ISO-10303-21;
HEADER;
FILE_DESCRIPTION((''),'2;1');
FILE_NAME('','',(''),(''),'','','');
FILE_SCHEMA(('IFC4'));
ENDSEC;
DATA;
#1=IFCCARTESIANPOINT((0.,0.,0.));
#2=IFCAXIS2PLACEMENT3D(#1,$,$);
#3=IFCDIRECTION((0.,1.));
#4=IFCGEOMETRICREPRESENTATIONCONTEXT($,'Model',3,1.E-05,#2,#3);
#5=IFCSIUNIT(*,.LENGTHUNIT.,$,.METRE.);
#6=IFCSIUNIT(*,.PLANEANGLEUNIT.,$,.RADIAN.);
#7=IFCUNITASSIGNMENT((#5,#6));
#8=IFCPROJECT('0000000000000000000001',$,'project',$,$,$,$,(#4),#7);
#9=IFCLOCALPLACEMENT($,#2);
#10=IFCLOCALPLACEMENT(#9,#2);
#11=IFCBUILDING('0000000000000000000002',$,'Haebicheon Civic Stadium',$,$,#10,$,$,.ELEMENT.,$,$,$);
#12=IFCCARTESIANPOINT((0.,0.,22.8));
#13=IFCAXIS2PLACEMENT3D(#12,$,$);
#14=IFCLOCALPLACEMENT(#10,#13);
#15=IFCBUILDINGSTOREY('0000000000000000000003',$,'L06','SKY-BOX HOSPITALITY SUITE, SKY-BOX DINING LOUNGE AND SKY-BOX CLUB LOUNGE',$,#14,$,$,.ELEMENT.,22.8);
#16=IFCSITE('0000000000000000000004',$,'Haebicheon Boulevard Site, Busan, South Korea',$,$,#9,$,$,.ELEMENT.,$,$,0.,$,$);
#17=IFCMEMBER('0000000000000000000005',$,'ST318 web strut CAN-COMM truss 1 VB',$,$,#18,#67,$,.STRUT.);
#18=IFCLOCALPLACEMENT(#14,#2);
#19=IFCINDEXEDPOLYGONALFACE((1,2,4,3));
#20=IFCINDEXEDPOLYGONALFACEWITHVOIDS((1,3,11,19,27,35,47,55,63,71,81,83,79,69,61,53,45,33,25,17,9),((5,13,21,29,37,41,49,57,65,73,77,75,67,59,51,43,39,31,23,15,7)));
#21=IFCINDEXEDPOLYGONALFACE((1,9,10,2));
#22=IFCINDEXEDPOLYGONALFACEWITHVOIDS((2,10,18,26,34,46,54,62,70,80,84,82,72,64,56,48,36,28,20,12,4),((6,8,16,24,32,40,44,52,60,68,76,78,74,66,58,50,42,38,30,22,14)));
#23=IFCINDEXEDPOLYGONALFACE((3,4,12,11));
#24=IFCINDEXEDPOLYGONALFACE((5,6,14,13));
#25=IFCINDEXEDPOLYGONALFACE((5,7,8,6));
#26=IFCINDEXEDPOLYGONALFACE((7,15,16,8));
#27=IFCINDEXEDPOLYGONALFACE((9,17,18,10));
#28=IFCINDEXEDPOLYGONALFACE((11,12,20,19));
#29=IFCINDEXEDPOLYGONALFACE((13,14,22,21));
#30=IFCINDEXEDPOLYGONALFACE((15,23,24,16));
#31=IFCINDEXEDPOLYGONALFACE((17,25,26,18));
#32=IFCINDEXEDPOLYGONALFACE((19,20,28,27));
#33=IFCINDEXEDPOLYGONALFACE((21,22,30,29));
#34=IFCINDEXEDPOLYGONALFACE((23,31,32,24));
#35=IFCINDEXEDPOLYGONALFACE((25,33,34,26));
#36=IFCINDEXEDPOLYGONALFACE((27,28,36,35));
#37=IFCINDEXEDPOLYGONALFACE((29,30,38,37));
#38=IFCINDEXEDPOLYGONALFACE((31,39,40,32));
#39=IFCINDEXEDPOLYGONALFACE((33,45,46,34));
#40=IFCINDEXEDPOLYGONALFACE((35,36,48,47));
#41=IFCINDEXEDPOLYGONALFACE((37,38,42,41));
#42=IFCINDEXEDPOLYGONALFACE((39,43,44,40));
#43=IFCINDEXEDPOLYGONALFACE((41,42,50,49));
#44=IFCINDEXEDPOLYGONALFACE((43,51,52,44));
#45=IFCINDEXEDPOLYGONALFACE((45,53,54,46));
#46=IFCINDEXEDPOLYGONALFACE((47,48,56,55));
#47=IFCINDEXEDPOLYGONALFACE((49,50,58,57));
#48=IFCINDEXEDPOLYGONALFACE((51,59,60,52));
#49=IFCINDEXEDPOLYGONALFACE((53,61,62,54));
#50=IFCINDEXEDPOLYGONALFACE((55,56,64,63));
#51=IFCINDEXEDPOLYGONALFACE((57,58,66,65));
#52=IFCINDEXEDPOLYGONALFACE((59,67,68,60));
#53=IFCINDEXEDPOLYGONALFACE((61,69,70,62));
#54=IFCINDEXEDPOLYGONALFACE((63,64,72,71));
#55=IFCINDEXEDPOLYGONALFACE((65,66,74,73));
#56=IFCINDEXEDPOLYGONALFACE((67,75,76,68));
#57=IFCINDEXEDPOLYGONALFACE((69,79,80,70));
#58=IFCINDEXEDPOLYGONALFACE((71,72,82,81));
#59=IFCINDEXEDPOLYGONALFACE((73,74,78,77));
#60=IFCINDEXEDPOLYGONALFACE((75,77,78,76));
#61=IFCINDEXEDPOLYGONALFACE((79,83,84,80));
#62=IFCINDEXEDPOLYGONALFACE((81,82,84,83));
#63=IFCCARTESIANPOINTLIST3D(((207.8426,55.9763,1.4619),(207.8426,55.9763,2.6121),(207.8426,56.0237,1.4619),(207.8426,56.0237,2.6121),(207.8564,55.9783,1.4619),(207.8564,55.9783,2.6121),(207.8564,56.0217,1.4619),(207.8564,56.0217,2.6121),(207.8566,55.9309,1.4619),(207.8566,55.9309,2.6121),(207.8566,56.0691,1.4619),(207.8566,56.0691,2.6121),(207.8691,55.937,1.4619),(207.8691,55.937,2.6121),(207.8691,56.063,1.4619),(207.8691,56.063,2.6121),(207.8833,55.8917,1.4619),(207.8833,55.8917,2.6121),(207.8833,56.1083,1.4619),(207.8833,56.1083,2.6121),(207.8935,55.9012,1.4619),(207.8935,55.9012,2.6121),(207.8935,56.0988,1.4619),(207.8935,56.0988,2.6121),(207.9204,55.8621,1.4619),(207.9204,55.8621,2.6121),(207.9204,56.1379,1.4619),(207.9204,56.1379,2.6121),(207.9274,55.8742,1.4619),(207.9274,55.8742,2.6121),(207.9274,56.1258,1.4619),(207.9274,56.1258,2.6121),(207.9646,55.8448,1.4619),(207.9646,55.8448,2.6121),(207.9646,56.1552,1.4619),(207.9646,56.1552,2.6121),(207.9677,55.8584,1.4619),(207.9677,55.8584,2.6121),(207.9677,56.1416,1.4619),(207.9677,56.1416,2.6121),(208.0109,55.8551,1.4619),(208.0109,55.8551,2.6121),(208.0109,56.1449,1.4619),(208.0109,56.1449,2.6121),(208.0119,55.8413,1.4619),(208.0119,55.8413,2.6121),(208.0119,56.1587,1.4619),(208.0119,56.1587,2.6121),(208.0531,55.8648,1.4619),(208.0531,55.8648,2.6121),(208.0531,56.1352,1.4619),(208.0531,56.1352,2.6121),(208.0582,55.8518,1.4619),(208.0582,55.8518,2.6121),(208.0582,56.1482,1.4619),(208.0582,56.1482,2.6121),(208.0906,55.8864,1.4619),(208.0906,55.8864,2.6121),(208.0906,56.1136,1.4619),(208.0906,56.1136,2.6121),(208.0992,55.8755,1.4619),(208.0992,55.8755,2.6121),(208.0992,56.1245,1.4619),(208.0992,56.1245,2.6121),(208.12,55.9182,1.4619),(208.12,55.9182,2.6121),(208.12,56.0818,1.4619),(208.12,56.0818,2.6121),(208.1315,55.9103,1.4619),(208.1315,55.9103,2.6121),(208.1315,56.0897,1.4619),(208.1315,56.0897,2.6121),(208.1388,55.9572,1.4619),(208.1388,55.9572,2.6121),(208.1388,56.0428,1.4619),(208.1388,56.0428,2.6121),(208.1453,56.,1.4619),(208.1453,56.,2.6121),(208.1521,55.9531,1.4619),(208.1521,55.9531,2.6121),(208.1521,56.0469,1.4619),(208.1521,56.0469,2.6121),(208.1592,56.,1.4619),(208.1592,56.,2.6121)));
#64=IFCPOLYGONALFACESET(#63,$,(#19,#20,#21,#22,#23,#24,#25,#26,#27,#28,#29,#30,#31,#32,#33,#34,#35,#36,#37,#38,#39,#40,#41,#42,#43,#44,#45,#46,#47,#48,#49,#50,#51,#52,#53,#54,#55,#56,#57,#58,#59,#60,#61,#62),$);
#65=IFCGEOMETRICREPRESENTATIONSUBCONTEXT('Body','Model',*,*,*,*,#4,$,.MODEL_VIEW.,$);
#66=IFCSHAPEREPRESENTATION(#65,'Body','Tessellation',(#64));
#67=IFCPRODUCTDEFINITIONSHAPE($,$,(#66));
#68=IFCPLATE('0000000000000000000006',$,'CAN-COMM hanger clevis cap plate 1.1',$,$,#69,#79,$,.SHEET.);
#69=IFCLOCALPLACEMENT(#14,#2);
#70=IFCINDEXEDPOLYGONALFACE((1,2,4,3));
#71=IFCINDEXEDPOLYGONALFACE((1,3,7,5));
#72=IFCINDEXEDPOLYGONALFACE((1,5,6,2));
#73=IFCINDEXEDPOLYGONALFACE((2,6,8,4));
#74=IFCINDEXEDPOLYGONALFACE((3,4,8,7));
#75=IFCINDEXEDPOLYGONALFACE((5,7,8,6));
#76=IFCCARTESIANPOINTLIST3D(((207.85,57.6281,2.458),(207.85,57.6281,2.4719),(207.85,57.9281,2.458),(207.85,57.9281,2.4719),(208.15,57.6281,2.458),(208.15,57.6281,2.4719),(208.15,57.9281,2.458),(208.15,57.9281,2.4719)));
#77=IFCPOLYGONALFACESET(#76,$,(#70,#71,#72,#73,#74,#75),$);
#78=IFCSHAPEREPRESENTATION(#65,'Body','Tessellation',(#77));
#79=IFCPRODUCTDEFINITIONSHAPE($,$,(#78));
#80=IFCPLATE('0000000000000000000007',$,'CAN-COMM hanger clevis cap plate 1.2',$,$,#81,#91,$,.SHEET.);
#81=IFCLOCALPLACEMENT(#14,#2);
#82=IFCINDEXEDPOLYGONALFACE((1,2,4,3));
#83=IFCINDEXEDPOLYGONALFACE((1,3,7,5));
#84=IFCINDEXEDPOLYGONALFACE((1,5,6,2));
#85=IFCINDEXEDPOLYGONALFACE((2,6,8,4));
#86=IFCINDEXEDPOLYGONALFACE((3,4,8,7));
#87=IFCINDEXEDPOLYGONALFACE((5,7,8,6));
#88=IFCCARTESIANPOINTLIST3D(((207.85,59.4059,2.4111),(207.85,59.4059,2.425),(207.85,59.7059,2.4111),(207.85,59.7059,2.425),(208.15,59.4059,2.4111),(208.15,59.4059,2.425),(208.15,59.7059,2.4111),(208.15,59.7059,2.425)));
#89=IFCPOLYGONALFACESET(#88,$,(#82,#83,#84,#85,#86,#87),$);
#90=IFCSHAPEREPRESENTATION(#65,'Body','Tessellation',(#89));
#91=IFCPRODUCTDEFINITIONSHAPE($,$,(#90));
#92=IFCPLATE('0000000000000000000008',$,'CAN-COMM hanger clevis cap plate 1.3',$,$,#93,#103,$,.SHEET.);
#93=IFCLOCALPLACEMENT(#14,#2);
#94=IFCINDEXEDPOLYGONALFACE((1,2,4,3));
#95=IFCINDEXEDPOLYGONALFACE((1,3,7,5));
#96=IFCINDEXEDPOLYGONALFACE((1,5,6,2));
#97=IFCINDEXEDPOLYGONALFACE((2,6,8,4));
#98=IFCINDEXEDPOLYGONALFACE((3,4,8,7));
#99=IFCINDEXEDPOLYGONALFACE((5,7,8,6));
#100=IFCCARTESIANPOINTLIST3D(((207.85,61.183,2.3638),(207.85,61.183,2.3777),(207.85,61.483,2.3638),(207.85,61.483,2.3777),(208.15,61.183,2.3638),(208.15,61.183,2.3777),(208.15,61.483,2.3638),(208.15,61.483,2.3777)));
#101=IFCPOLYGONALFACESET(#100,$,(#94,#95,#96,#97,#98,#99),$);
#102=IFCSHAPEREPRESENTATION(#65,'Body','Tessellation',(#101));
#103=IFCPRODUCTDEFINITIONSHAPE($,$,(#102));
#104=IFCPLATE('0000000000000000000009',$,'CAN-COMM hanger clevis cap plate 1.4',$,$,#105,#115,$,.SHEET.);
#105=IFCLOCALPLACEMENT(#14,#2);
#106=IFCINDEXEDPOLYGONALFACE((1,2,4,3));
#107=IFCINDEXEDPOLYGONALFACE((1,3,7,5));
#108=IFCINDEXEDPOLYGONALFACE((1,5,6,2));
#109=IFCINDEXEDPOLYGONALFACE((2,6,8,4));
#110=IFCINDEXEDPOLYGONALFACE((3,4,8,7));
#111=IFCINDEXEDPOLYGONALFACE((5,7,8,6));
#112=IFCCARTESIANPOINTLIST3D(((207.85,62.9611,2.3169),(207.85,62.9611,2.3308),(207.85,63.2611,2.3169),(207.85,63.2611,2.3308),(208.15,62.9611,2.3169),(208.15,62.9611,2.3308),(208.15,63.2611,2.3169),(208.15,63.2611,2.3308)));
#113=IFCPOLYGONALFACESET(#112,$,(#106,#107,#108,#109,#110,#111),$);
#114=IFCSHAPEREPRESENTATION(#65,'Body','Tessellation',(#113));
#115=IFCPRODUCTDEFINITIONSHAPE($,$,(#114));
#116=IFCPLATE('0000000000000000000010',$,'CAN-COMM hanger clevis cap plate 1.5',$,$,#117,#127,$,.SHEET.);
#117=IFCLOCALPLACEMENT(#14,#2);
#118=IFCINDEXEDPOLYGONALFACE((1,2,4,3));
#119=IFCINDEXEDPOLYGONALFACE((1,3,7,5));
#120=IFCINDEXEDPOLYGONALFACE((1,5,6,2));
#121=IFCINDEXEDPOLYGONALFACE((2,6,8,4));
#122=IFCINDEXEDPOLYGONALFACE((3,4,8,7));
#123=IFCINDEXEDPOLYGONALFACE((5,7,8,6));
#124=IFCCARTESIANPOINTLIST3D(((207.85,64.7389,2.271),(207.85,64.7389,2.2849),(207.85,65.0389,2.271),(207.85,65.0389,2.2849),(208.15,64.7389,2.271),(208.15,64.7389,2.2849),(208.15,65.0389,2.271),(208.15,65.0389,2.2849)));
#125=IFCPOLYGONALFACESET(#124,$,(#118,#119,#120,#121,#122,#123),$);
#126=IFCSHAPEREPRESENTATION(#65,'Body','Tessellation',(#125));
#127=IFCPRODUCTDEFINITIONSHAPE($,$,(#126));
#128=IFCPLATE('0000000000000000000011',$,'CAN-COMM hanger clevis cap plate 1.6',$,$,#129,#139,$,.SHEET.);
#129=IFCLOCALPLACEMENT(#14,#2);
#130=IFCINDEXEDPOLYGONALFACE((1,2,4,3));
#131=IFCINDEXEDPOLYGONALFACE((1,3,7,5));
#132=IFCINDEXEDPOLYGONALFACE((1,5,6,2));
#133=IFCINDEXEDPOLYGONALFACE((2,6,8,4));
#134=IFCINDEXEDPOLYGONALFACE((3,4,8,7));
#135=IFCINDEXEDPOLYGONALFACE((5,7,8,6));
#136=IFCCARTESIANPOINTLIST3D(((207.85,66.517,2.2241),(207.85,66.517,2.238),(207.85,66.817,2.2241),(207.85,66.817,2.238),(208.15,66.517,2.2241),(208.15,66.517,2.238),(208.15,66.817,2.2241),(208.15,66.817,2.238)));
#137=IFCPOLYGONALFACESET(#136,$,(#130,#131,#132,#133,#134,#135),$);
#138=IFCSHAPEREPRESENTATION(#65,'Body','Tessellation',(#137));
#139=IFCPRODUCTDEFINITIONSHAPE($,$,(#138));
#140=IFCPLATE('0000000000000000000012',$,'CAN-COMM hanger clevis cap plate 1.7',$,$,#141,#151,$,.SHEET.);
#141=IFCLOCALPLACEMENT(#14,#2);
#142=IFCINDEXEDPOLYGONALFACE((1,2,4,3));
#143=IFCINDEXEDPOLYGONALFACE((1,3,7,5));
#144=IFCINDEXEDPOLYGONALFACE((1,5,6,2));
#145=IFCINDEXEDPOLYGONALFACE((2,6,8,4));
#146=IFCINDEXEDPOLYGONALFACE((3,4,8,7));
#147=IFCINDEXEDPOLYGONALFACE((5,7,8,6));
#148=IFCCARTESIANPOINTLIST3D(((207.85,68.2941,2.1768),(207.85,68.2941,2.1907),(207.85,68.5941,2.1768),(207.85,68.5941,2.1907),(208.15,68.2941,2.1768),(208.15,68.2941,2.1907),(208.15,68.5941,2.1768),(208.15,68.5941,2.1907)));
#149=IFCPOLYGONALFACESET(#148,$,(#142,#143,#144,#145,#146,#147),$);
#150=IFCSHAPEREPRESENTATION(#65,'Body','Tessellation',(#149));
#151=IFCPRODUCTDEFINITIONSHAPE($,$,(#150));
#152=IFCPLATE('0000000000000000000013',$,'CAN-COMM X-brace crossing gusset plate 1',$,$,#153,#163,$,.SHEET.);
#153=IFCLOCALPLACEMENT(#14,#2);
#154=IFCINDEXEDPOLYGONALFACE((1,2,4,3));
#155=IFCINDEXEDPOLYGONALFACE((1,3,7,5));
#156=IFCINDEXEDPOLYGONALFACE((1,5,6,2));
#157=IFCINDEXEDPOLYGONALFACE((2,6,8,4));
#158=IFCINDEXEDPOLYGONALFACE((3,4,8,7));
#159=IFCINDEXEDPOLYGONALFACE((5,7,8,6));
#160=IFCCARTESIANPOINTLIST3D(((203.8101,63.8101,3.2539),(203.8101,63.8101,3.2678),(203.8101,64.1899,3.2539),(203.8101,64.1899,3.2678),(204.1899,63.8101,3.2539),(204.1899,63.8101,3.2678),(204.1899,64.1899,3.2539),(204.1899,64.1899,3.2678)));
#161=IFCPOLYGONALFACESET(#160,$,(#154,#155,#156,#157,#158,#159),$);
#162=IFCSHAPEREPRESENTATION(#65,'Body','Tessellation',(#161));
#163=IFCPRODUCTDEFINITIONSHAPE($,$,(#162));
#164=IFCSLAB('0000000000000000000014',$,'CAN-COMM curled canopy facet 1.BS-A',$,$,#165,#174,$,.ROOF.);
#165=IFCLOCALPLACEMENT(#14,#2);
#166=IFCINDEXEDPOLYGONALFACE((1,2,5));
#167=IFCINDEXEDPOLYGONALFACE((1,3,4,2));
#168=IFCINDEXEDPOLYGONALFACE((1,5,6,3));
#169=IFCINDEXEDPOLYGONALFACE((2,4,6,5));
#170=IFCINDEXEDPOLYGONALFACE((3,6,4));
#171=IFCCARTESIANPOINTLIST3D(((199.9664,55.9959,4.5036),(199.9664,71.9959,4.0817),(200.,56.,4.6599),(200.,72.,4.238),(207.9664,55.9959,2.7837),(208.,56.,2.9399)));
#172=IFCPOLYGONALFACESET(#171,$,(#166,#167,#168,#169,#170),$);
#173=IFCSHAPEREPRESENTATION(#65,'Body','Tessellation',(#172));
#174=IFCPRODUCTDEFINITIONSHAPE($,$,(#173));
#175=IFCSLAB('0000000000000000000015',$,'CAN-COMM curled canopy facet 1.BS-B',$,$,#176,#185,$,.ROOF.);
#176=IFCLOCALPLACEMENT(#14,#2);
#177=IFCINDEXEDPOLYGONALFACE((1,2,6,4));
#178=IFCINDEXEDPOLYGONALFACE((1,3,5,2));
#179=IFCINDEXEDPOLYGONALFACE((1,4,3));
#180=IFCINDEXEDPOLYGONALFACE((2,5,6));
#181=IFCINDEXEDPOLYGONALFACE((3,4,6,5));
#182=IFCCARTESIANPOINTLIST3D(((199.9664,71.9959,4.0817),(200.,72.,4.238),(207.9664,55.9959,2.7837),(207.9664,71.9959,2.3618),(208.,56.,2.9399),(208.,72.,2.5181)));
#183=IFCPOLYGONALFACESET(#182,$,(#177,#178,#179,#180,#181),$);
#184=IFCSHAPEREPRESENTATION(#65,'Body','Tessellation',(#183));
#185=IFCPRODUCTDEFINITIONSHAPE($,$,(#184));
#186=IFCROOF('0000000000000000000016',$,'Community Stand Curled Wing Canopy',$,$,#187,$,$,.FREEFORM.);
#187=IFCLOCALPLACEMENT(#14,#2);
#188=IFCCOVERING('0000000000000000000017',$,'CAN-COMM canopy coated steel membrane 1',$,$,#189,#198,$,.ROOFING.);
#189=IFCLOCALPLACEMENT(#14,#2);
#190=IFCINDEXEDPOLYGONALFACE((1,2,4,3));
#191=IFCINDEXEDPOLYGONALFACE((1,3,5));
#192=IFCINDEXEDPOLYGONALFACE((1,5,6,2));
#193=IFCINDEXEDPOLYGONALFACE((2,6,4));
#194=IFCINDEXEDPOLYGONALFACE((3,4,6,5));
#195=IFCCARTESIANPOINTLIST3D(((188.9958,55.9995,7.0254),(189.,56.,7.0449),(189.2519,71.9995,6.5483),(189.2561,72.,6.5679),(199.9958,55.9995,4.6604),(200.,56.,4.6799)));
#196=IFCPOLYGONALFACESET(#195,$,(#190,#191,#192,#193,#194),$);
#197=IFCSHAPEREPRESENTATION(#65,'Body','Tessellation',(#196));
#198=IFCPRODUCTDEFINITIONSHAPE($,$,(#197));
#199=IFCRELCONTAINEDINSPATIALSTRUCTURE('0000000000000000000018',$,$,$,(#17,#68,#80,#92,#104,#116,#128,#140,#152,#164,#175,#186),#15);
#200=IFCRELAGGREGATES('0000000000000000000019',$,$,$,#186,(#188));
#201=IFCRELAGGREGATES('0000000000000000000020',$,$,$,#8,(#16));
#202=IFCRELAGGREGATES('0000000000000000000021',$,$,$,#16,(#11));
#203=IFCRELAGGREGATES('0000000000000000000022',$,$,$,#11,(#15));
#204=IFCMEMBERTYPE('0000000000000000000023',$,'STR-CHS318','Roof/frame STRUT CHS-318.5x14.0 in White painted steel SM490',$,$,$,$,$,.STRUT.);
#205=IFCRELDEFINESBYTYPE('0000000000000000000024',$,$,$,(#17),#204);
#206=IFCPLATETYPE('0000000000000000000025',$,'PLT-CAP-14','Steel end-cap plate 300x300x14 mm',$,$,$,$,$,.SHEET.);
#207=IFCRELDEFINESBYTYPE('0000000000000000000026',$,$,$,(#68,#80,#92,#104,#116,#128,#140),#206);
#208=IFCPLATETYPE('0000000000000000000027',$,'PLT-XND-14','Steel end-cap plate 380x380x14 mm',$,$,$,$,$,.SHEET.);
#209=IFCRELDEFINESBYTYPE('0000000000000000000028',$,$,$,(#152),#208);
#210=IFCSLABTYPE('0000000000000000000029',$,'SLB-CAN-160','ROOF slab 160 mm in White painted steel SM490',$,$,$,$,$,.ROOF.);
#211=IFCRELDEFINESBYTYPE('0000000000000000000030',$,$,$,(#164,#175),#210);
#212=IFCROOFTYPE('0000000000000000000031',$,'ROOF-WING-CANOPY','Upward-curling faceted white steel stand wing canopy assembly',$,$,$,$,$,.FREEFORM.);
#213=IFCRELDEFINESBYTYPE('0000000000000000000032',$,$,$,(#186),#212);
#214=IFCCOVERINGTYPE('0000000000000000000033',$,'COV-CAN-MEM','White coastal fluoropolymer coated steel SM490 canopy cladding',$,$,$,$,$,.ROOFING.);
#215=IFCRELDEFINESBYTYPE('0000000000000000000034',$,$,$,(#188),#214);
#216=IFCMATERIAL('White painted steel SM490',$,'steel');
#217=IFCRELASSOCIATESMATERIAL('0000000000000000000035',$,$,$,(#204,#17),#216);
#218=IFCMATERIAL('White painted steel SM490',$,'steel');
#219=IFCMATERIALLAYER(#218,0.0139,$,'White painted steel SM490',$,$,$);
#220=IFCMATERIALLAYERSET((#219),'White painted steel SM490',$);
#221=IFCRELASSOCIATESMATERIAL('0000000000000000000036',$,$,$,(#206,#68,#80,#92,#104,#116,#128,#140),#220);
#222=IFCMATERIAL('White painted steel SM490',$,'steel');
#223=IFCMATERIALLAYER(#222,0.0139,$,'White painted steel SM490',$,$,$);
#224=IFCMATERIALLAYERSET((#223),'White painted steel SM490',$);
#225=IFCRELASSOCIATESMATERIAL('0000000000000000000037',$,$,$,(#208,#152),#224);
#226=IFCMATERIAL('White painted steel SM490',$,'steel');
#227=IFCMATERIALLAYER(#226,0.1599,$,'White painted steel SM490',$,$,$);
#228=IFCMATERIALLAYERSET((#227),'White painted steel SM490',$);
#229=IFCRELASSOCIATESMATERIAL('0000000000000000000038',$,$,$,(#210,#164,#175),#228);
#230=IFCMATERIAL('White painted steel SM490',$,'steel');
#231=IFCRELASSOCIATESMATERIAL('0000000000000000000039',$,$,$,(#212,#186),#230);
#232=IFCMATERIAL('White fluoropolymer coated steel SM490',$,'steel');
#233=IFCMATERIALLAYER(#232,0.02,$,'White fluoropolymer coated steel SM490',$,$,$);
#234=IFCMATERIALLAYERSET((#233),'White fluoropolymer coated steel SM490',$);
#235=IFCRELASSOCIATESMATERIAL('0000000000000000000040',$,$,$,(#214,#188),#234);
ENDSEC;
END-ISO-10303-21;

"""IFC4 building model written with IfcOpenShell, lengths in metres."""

from ifc_helpers import new_model, si_unit, direction, frame, origin, origin_2d, place, context, subcontext, project, spatial, polyline, rectangle, hollow_circle, outline, extrude, material, layer, layer_set, material_profile, profile_set, type_object, element, aggregate, save


model = new_model("IFC4")

# Units and contexts
model_context = context("Model", 3, precision=1e-05, world=origin(), true_north=direction((0.0, 1.0)))
body_context = subcontext(model_context, "Body", "Model", "MODEL_VIEW")
ifc_project = project(units=[si_unit("LENGTHUNIT", "METRE"), si_unit("PLANEANGLEUNIT", "RADIAN")], contexts=[model_context])

# Site, building, storey
site_placement = place(None, origin())
site = spatial("IfcSite", under=ifc_project, at=site_placement, Name="Haebicheon Boulevard Site, Busan, South Korea", CompositionType="ELEMENT", RefElevation=0.0)
building_placement = place(site_placement, origin())
building = spatial("IfcBuilding", under=site, at=building_placement, Name="Haebicheon Civic Stadium", CompositionType="ELEMENT")
storey_placement = place(building_placement, frame((0.0, 0.0, 22.8)))
storey = spatial("IfcBuildingStorey", under=building, at=storey_placement, Name="L06", Description="SKY-BOX HOSPITALITY SUITE, SKY-BOX DINING LOUNGE AND SKY-BOX CLUB LOUNGE", CompositionType="ELEMENT", Elevation=22.8)

# Member
ifc_material_1 = material(Name="White painted steel SM490", Category="steel")
ifc_material_profile_1 = material_profile(ifc_material_1, hollow_circle(Radius=0.1592, WallThickness=0.0139, at=origin_2d()), Name="CHS-318.5x14.0")
ifc_profile_set_1 = profile_set([ifc_material_profile_1], Name="White painted steel SM490")
member_type_1 = type_object("IfcMemberType", Name="STR-CHS318", Description="Roof/frame STRUT CHS-318.5x14.0 in White painted steel SM490", PredefinedType="STRUT", material=ifc_profile_set_1)
member_1_placement = place(storey_placement, frame((208.0, 56.0, 1.4619), z_axis=(0.0, 0.0, 1.0), x_axis=(1.0, 0.0, 0.0)))
element("IfcMember", 1, at=member_1_placement, inside=storey, type_object=member_type_1, material=ifc_profile_set_1, Name="ST318 web strut CAN-COMM truss 1 VB", PredefinedType="STRUT", context=body_context, shape_type="SweptSolid", body=[
    extrude(hollow_circle(Radius=0.1592, WallThickness=0.0139, at=origin_2d()), origin(), (0.0, 0.0, 1.0), 1.1501),
])

# Plates
ifc_material_2 = material(Name="White painted steel SM490", Category="steel")
ifc_layer_1 = layer(ifc_material_2, 0.0139, Name="White painted steel SM490")
ifc_layer_set_1 = layer_set([ifc_layer_1], Name="White painted steel SM490")
plate_type_1 = type_object("IfcPlateType", Name="PLT-CAP-14", Description="Steel end-cap plate 300x300x14 mm", PredefinedType="SHEET", material=ifc_layer_set_1)
for number, where, z_axis, x_axis, name in (
    (2, (208.0, 57.7781, 2.458), (0.0, 0.0, 1.0), (1.0, 0.0, 0.0), "CAN-COMM hanger clevis cap plate 1.1"),
    (3, (208.0, 59.5559, 2.4111), (0.0, 0.0, 1.0), (1.0, 0.0, 0.0), "CAN-COMM hanger clevis cap plate 1.2"),
    (4, (208.0, 61.333, 2.3638), (0.0, 0.0, 1.0), (1.0, 0.0, 0.0), "CAN-COMM hanger clevis cap plate 1.3"),
    (5, (208.0, 63.1111, 2.3169), (0.0, 0.0, 1.0), (1.0, 0.0, 0.0), "CAN-COMM hanger clevis cap plate 1.4"),
    (6, (208.0, 64.8889, 2.271), (0.0, 0.0, 1.0), (1.0, 0.0, 0.0), "CAN-COMM hanger clevis cap plate 1.5"),
    (7, (208.0, 66.667, 2.2241), (0.0, 0.0, 1.0), (1.0, 0.0, 0.0), "CAN-COMM hanger clevis cap plate 1.6"),
    (8, (208.0, 68.4441, 2.1768), (0.0, 0.0, 1.0), (1.0, 0.0, 0.0), "CAN-COMM hanger clevis cap plate 1.7"),
):
    element("IfcPlate", number, at=place(storey_placement, frame(where, z_axis=z_axis, x_axis=x_axis)), inside=storey, type_object=plate_type_1, material=ifc_layer_set_1, Name=name, PredefinedType="SHEET", context=body_context, shape_type="SweptSolid", body=[
        extrude(rectangle(XDim=0.3, YDim=0.3, at=origin_2d()), origin(), (0.0, 0.0, 1.0), 0.0139),
    ])
ifc_material_3 = material(Name="White painted steel SM490", Category="steel")
ifc_layer_2 = layer(ifc_material_3, 0.0139, Name="White painted steel SM490")
ifc_layer_set_2 = layer_set([ifc_layer_2], Name="White painted steel SM490")
plate_type_2 = type_object("IfcPlateType", Name="PLT-XND-14", Description="Steel end-cap plate 380x380x14 mm", PredefinedType="SHEET", material=ifc_layer_set_2)
plate_placement = place(storey_placement, frame((204.0, 64.0, 3.2539), z_axis=(0.0, 0.0, 1.0), x_axis=(1.0, 0.0, 0.0)))
element("IfcPlate", 9, at=plate_placement, inside=storey, type_object=plate_type_2, material=ifc_layer_set_2, Name="CAN-COMM X-brace crossing gusset plate 1", PredefinedType="SHEET", context=body_context, shape_type="SweptSolid", body=[
    extrude(rectangle(XDim=0.3799, YDim=0.3799, at=origin_2d()), origin(), (0.0, 0.0, 1.0), 0.0139),
])

# Slabs
ifc_material_4 = material(Name="White painted steel SM490", Category="steel")
ifc_layer_3 = layer(ifc_material_4, 0.1599, Name="White painted steel SM490")
ifc_layer_set_3 = layer_set([ifc_layer_3], Name="White painted steel SM490")
slab_type = type_object("IfcSlabType", Name="SLB-CAN-160", Description="ROOF slab 160 mm in White painted steel SM490", PredefinedType="ROOF", material=ifc_layer_set_3)
slab_1_placement = place(storey_placement, frame((208.0, 56.0, 2.9399), z_axis=(0.210123, 0.02577, 0.977335), x_axis=(-0.97766, 0.0, 0.210193)))
element("IfcSlab", 10, at=slab_1_placement, inside=storey, type_object=slab_type, material=ifc_layer_set_3, Name="CAN-COMM curled canopy facet 1.BS-A", PredefinedType="ROOF", context=body_context, shape_type="SweptSolid", body=[
    extrude(outline(polyline([(0.0, 0.0), (8.1828, 0.0), (8.0941, -16.0053), (0.0, 0.0)])), origin(), (0.0, 0.0, -1.0), 0.1599),
])
slab_2_placement = place(storey_placement, frame((208.0, 56.0, 2.9399), z_axis=(0.210123, 0.02577, 0.977335), x_axis=(-0.446041, 0.892082, 0.072375)))
element("IfcSlab", 11, at=slab_2_placement, inside=storey, type_object=slab_type, material=ifc_layer_set_3, Name="CAN-COMM curled canopy facet 1.BS-B", PredefinedType="ROOF", context=body_context, shape_type="SweptSolid", body=[
    extrude(outline(polyline([(0.0, 0.0), (17.9356, 0.0), (14.2428, -7.3022), (0.0, 0.0)])), origin(), (0.0, 0.0, -1.0), 0.1599),
])

# Roof, covering
ifc_material_5 = material(Name="White painted steel SM490", Category="steel")
roof_type = type_object("IfcRoofType", Name="ROOF-WING-CANOPY", Description="Upward-curling faceted white steel stand wing canopy assembly", PredefinedType="FREEFORM", material=ifc_material_5)
roof_placement = place(storey_placement, origin())
roof = element("IfcRoof", 12, at=roof_placement, inside=storey, type_object=roof_type, material=ifc_material_5, Name="Community Stand Curled Wing Canopy", PredefinedType="FREEFORM")
ifc_material_6 = material(Name="White fluoropolymer coated steel SM490", Category="steel")
ifc_layer_4 = layer(ifc_material_6, 0.02, Name="White fluoropolymer coated steel SM490")
ifc_layer_set_4 = layer_set([ifc_layer_4], Name="White fluoropolymer coated steel SM490")
covering_type = type_object("IfcCoveringType", Name="COV-CAN-MEM", Description="White coastal fluoropolymer coated steel SM490 canopy cladding", PredefinedType="ROOFING", material=ifc_layer_set_4)
covering_placement = place(storey_placement, frame((200.0, 56.0, 4.6799), z_axis=(0.210126, 0.025777, 0.977334), x_axis=(-0.977659, 0.0, 0.210196)))
covering = element("IfcCovering", 13, at=covering_placement, type_object=covering_type, material=ifc_layer_set_4, Name="CAN-COMM canopy coated steel membrane 1", PredefinedType="ROOFING", context=body_context, shape_type="SweptSolid", body=[
    extrude(outline(polyline([(0.0, 0.0), (11.2514, 0.0), (10.9007, -16.0053), (0.0, 0.0)])), origin(), (0.0, 0.0, -1.0), 0.02),
])
aggregate(roof, [covering])

save(model, "model.ifc")
